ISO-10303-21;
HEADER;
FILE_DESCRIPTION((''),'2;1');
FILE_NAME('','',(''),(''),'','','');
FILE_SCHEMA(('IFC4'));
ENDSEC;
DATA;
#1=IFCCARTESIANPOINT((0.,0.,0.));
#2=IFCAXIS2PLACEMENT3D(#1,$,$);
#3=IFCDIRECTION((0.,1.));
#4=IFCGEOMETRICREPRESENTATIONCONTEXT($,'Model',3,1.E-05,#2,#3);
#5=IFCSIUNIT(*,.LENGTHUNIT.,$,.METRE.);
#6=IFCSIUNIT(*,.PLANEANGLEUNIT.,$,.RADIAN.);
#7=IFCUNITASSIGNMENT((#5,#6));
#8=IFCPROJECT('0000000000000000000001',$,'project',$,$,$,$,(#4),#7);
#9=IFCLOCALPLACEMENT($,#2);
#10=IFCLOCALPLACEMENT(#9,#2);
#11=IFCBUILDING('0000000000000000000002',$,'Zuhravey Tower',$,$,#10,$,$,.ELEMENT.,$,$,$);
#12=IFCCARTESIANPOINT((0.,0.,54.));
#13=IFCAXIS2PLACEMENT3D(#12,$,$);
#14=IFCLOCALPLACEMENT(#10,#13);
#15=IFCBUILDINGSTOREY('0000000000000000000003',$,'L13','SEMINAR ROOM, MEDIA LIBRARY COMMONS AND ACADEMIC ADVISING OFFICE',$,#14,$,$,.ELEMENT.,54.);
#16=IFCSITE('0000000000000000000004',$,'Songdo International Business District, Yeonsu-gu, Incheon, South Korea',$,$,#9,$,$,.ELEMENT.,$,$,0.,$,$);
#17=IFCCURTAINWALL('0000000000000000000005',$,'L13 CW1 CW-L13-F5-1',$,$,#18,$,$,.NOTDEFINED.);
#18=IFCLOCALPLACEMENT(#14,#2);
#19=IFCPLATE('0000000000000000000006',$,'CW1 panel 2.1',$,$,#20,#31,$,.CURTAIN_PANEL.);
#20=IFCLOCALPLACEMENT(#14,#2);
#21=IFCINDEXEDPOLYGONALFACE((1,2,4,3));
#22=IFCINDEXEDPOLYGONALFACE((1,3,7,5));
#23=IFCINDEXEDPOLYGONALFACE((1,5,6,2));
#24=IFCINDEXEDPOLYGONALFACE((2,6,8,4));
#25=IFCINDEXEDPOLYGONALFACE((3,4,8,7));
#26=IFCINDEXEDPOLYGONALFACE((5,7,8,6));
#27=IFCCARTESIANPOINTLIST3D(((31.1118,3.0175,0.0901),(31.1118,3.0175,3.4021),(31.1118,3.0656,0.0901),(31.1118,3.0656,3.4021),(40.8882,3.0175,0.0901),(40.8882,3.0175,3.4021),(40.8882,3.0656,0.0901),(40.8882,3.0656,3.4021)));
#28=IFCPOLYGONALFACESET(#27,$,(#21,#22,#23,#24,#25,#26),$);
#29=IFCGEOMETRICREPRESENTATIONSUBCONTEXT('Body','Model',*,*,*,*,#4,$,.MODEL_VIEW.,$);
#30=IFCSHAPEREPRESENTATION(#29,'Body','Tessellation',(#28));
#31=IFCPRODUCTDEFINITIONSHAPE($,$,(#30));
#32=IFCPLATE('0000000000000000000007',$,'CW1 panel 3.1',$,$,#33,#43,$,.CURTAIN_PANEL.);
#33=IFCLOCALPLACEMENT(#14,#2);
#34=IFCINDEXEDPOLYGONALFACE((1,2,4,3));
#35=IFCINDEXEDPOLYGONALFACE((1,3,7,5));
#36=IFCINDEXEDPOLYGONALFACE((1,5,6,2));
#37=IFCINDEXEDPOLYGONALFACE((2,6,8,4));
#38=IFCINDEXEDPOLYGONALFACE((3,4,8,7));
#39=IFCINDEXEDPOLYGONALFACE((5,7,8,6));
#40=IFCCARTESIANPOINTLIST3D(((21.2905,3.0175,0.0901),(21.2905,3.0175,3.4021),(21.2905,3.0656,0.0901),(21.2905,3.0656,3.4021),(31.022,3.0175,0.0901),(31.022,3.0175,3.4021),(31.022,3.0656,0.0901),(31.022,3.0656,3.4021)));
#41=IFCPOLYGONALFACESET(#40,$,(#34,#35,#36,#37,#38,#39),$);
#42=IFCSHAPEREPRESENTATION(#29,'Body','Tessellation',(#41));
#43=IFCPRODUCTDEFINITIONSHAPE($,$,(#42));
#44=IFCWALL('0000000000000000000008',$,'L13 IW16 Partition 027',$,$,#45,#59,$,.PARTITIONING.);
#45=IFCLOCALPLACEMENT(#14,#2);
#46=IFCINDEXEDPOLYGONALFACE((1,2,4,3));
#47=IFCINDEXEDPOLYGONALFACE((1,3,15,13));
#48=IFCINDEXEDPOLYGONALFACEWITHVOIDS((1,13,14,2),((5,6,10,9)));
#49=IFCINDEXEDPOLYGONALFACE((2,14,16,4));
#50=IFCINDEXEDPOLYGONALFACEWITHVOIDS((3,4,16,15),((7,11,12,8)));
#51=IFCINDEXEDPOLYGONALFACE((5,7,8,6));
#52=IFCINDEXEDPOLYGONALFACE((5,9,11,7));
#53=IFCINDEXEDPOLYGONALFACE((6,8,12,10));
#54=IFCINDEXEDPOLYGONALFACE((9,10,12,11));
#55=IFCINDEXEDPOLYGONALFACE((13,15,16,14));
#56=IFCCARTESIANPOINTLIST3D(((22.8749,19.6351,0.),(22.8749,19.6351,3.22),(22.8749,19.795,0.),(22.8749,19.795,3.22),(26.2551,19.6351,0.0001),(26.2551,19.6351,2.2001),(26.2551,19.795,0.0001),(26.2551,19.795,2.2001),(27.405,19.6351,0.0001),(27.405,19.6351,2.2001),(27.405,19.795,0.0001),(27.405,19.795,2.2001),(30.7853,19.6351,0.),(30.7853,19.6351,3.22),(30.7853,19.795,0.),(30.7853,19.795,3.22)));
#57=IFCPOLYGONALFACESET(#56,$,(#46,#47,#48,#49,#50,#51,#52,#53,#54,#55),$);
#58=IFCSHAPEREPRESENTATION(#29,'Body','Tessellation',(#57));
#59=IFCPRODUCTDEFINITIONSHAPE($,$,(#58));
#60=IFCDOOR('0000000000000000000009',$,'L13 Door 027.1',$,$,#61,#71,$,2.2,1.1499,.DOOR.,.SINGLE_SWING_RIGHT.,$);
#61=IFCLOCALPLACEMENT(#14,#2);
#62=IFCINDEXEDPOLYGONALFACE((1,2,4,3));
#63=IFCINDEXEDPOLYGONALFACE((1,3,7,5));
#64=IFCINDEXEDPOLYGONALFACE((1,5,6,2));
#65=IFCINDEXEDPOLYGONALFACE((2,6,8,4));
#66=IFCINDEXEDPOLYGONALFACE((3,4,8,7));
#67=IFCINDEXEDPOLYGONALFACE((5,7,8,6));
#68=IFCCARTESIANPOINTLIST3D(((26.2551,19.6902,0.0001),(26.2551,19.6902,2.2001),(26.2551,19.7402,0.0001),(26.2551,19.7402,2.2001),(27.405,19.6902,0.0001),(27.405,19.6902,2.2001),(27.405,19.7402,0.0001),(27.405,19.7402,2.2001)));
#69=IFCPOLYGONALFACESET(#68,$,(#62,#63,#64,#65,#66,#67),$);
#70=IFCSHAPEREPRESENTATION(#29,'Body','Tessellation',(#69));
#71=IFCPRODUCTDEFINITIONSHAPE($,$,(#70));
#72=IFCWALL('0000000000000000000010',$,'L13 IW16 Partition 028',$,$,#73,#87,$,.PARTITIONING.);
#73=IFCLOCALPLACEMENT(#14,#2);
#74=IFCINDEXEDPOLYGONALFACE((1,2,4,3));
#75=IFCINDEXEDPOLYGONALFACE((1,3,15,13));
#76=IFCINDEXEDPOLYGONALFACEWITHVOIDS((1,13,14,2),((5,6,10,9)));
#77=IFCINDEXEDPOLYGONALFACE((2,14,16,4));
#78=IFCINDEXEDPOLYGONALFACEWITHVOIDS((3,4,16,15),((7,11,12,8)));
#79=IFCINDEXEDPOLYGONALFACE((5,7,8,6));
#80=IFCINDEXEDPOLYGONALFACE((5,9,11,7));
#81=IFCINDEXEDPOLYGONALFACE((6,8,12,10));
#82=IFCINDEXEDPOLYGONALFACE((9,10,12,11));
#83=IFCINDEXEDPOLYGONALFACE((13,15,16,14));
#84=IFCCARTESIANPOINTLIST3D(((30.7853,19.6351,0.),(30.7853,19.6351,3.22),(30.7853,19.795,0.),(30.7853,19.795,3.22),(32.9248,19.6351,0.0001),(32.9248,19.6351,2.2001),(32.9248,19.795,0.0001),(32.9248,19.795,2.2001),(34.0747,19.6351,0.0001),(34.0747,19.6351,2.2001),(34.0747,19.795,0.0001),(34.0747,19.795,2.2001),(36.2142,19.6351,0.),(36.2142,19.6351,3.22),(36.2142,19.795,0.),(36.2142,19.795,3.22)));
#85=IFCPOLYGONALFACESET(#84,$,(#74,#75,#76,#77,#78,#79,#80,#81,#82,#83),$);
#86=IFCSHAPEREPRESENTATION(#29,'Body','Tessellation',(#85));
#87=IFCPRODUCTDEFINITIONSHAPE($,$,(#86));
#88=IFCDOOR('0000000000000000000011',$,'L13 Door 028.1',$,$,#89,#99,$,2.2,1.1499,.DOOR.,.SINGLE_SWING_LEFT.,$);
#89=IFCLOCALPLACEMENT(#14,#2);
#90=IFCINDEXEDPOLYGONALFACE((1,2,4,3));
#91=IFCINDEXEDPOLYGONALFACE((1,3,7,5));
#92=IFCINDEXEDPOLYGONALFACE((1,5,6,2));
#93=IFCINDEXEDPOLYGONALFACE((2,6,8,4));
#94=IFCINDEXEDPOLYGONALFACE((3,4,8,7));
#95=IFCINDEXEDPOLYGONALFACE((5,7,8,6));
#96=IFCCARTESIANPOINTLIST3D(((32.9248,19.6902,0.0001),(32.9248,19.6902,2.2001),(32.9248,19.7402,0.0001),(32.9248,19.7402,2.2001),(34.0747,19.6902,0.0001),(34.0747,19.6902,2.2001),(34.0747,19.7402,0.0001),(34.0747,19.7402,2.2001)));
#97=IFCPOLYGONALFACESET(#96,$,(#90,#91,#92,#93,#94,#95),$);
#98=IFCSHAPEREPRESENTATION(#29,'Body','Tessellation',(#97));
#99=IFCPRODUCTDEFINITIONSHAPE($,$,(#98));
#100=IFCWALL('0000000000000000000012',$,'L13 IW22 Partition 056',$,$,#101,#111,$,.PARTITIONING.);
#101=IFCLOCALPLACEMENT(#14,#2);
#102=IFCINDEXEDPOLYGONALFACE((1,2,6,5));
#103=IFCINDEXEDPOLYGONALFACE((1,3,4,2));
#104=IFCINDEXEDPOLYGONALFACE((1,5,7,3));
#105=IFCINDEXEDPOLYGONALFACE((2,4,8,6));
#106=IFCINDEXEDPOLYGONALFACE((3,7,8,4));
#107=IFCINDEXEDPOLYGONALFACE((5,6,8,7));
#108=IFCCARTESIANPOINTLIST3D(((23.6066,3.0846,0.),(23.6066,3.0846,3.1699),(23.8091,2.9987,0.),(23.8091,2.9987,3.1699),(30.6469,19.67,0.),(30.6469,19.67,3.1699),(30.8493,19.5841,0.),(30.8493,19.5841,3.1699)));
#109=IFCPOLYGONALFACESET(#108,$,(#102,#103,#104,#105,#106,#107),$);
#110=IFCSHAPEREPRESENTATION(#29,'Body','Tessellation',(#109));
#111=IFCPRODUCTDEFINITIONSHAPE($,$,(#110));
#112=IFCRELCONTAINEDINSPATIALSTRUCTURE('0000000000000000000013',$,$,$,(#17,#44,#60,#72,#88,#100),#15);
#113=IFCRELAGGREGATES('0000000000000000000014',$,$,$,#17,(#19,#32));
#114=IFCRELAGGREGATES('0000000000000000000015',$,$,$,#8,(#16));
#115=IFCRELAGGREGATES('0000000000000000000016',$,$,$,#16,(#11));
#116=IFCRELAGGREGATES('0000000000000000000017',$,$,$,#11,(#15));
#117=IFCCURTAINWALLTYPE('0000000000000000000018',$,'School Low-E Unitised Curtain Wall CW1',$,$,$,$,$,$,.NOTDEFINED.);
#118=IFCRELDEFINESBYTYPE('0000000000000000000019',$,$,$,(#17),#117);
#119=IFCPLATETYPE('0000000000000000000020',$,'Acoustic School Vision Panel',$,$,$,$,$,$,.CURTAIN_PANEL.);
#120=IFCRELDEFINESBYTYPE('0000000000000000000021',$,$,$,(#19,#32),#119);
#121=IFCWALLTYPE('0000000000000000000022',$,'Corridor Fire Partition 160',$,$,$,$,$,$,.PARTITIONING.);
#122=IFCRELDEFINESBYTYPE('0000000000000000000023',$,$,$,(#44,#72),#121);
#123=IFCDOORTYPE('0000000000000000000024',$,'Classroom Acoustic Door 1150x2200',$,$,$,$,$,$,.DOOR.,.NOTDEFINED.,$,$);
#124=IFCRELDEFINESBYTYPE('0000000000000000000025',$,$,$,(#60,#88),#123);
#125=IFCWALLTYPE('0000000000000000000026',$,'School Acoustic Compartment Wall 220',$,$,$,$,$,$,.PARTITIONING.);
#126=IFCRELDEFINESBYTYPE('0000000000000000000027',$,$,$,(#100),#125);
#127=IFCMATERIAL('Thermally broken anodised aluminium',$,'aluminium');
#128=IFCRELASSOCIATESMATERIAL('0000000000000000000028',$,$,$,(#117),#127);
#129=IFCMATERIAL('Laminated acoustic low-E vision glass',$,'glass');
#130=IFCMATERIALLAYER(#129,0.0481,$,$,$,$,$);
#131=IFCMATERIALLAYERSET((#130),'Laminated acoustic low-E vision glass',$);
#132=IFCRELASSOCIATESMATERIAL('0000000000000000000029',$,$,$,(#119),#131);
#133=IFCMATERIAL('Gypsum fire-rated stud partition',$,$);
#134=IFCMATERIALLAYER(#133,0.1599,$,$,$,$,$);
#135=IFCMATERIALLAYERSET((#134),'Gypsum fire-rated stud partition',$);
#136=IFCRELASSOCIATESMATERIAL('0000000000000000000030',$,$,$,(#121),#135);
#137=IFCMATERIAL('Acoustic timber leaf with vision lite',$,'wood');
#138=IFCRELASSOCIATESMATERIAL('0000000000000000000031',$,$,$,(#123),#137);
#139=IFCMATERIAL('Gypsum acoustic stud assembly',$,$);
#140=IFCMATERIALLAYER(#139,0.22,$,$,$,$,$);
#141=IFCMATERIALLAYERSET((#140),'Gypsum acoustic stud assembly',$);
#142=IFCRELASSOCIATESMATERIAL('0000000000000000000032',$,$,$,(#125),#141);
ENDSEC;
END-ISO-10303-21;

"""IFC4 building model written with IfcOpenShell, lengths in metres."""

from ifc_helpers import new_model, si_unit, direction, frame, frame_2d, origin, origin_2d, place, context, subcontext, project, spatial, rectangle, extrude, material, layer, layer_set, type_object, element, fill, aggregate, save


model = new_model("IFC4")

# Units and contexts
model_context = context("Model", 3, precision=1e-05, world=origin(), true_north=direction((0.0, 1.0)))
body_context = subcontext(model_context, "Body", "Model", "MODEL_VIEW")
ifc_project = project(units=[si_unit("LENGTHUNIT", "METRE"), si_unit("PLANEANGLEUNIT", "RADIAN")], contexts=[model_context])

# Site, building, storey
site_placement = place(None, origin())
site = spatial("IfcSite", under=ifc_project, at=site_placement, Name="Songdo International Business District, Yeonsu-gu, Incheon, South Korea", CompositionType="ELEMENT", RefElevation=0.0)
building_placement = place(site_placement, origin())
building = spatial("IfcBuilding", under=site, at=building_placement, Name="Zuhravey Tower", CompositionType="ELEMENT")
storey_placement = place(building_placement, frame((0.0, 0.0, 54.0)))
storey = spatial("IfcBuildingStorey", under=building, at=storey_placement, Name="L13", Description="SEMINAR ROOM, MEDIA LIBRARY COMMONS AND ACADEMIC ADVISING OFFICE", CompositionType="ELEMENT", Elevation=54.0)

# Curtain wall
ifc_material_1 = material(Name="Thermally broken anodised aluminium", Category="aluminium")
curtain_wall_type = type_object("IfcCurtainWallType", Name="School Low-E Unitised Curtain Wall CW1", PredefinedType="NOTDEFINED", material=ifc_material_1)
curtain_wall_placement = place(storey_placement, origin())
curtain_wall = element("IfcCurtainWall", 1, at=curtain_wall_placement, inside=storey, type_object=curtain_wall_type, Name="L13 CW1 CW-L13-F5-1", PredefinedType="NOTDEFINED")

# Plates
ifc_material_2 = material(Name="Laminated acoustic low-E vision glass", Category="glass")
ifc_layer_1 = layer(ifc_material_2, 0.0481)
ifc_layer_set_1 = layer_set([ifc_layer_1], Name="Laminated acoustic low-E vision glass")
plate_type = type_object("IfcPlateType", Name="Acoustic School Vision Panel", PredefinedType="CURTAIN_PANEL", material=ifc_layer_set_1)
plate_1_placement = place(storey_placement, frame((36.0, 3.0415, 0.0901), z_axis=(0.0, 0.0, 1.0), x_axis=(-1.0, 0.0, 0.0)))
plate_1 = element("IfcPlate", 2, at=plate_1_placement, type_object=plate_type, Name="CW1 panel 2.1", PredefinedType="CURTAIN_PANEL", context=body_context, shape_type="SweptSolid", body=[
    extrude(rectangle(XDim=9.7764, YDim=0.0481, at=origin_2d()), origin(), (0.0, 0.0, 1.0), 3.312),
])
plate_2_placement = place(storey_placement, frame((26.1562, 3.0415, 0.0901), z_axis=(0.0, 0.0, 1.0), x_axis=(-1.0, 0.0, 0.0)))
plate_2 = element("IfcPlate", 3, at=plate_2_placement, type_object=plate_type, Name="CW1 panel 3.1", PredefinedType="CURTAIN_PANEL", context=body_context, shape_type="SweptSolid", body=[
    extrude(rectangle(XDim=9.7314, YDim=0.0481, at=origin_2d()), origin(), (0.0, 0.0, 1.0), 3.312),
])
aggregate(curtain_wall, [plate_1, plate_2])

# Walls, openings, doors
ifc_material_3 = material(Name="Gypsum fire-rated stud partition")
ifc_layer_2 = layer(ifc_material_3, 0.1599)
ifc_layer_set_2 = layer_set([ifc_layer_2], Name="Gypsum fire-rated stud partition")
wall_type_1 = type_object("IfcWallType", Name="Corridor Fire Partition 160", PredefinedType="PARTITIONING", material=ifc_layer_set_2)
wall_1_placement = place(storey_placement, frame((22.875, 19.7151, 0.0), z_axis=(0.0, 0.0, 1.0), x_axis=(1.0, 0.0, 0.0)))
wall_1 = element("IfcWall", 4, at=wall_1_placement, inside=storey, type_object=wall_type_1, Name="L13 IW16 Partition 027", PredefinedType="PARTITIONING", context=body_context, shape_type="SweptSolid", body=[
    extrude(rectangle(XDim=7.9104, YDim=0.1599, at=frame_2d((3.9551, 0.0))), origin(), (0.0, 0.0, 1.0), 3.22),
])
opening_1_placement = place(wall_1_placement, frame((3.3801, 0.0, 0.0)))
opening_1 = element("IfcOpeningElement", 5, at=opening_1_placement, cuts=wall_1, PredefinedType="OPENING", context=body_context, shape_type="SweptSolid", body=[
    extrude(rectangle(XDim=1.1499, YDim=2.2, at=frame_2d((0.575, 1.1001))), frame((0.0, 0.092, 0.0), z_axis=(0.0, -1.0, 0.0), x_axis=(1.0, 0.0, 0.0)), (0.0, 0.0, 1.0), 0.1838),
])
ifc_material_4 = material(Name="Acoustic timber leaf with vision lite", Category="wood")
door_type_1 = type_object("IfcDoorType", Name="Classroom Acoustic Door 1150x2200", OperationType="NOTDEFINED", PredefinedType="DOOR", material=ifc_material_4)
door_1_placement = place(opening_1_placement, frame((1.1499, 0.0, 0.0), z_axis=(0.0, 0.0, 1.0), x_axis=(-1.0, 0.0, 0.0)))
door_1 = element("IfcDoor", 6, at=door_1_placement, inside=storey, type_object=door_type_1, Name="L13 Door 027.1", OperationType="SINGLE_SWING_RIGHT", OverallHeight=2.2, OverallWidth=1.1499, PredefinedType="DOOR", context=body_context, shape_type="SweptSolid", body=[
    extrude(rectangle(XDim=1.1499, YDim=2.2, at=frame_2d((0.575, 1.1001))), frame((0.0, 0.0249, 0.0), z_axis=(0.0, -1.0, 0.0), x_axis=(1.0, 0.0, 0.0)), (0.0, 0.0, 1.0), 0.05),
])
fill(opening_1, door_1)
wall_2_placement = place(storey_placement, frame((30.7854, 19.7151, 0.0), z_axis=(0.0, 0.0, 1.0), x_axis=(1.0, 0.0, 0.0)))
wall_2 = element("IfcWall", 7, at=wall_2_placement, inside=storey, type_object=wall_type_1, Name="L13 IW16 Partition 028", PredefinedType="PARTITIONING", context=body_context, shape_type="SweptSolid", body=[
    extrude(rectangle(XDim=5.429, YDim=0.1599, at=frame_2d((2.7144, 0.0))), origin(), (0.0, 0.0, 1.0), 3.22),
])
opening_2_placement = place(wall_2_placement, frame((2.1394, 0.0, 0.0)))
opening_2 = element("IfcOpeningElement", 8, at=opening_2_placement, cuts=wall_2, PredefinedType="OPENING", context=body_context, shape_type="SweptSolid", body=[
    extrude(rectangle(XDim=1.1499, YDim=2.2, at=frame_2d((0.575, 1.1001))), frame((0.0, 0.092, 0.0), z_axis=(0.0, -1.0, 0.0), x_axis=(1.0, 0.0, 0.0)), (0.0, 0.0, 1.0), 0.1838),
])
door_2_placement = place(opening_2_placement, frame((1.1499, 0.0, 0.0), z_axis=(0.0, 0.0, 1.0), x_axis=(-1.0, 0.0, 0.0)))
door_2 = element("IfcDoor", 9, at=door_2_placement, inside=storey, type_object=door_type_1, Name="L13 Door 028.1", OperationType="SINGLE_SWING_LEFT", OverallHeight=2.2, OverallWidth=1.1499, PredefinedType="DOOR", context=body_context, shape_type="SweptSolid", body=[
    extrude(rectangle(XDim=1.1499, YDim=2.2, at=frame_2d((0.575, 1.1001))), frame((0.0, 0.0249, 0.0), z_axis=(0.0, -1.0, 0.0), x_axis=(1.0, 0.0, 0.0)), (0.0, 0.0, 1.0), 0.05),
])
fill(opening_2, door_2)

# Wall
ifc_material_5 = material(Name="Gypsum acoustic stud assembly")
ifc_layer_3 = layer(ifc_material_5, 0.22)
ifc_layer_set_3 = layer_set([ifc_layer_3], Name="Gypsum acoustic stud assembly")
wall_type_2 = type_object("IfcWallType", Name="School Acoustic Compartment Wall 220", PredefinedType="PARTITIONING", material=ifc_layer_set_3)
wall_3_placement = place(storey_placement, frame((30.748, 19.627, 0.0), z_axis=(0.0, 0.0, 1.0), x_axis=(-0.390739, -0.920501, 0.0)))
element("IfcWall", 10, at=wall_3_placement, inside=storey, type_object=wall_type_2, Name="L13 IW22 Partition 056", PredefinedType="PARTITIONING", context=body_context, shape_type="SweptSolid", body=[
    extrude(rectangle(XDim=18.0178, YDim=0.22, at=frame_2d((9.0088, 0.0))), origin(), (0.0, 0.0, 1.0), 3.1699),
])

save(model, "model.ifc")
